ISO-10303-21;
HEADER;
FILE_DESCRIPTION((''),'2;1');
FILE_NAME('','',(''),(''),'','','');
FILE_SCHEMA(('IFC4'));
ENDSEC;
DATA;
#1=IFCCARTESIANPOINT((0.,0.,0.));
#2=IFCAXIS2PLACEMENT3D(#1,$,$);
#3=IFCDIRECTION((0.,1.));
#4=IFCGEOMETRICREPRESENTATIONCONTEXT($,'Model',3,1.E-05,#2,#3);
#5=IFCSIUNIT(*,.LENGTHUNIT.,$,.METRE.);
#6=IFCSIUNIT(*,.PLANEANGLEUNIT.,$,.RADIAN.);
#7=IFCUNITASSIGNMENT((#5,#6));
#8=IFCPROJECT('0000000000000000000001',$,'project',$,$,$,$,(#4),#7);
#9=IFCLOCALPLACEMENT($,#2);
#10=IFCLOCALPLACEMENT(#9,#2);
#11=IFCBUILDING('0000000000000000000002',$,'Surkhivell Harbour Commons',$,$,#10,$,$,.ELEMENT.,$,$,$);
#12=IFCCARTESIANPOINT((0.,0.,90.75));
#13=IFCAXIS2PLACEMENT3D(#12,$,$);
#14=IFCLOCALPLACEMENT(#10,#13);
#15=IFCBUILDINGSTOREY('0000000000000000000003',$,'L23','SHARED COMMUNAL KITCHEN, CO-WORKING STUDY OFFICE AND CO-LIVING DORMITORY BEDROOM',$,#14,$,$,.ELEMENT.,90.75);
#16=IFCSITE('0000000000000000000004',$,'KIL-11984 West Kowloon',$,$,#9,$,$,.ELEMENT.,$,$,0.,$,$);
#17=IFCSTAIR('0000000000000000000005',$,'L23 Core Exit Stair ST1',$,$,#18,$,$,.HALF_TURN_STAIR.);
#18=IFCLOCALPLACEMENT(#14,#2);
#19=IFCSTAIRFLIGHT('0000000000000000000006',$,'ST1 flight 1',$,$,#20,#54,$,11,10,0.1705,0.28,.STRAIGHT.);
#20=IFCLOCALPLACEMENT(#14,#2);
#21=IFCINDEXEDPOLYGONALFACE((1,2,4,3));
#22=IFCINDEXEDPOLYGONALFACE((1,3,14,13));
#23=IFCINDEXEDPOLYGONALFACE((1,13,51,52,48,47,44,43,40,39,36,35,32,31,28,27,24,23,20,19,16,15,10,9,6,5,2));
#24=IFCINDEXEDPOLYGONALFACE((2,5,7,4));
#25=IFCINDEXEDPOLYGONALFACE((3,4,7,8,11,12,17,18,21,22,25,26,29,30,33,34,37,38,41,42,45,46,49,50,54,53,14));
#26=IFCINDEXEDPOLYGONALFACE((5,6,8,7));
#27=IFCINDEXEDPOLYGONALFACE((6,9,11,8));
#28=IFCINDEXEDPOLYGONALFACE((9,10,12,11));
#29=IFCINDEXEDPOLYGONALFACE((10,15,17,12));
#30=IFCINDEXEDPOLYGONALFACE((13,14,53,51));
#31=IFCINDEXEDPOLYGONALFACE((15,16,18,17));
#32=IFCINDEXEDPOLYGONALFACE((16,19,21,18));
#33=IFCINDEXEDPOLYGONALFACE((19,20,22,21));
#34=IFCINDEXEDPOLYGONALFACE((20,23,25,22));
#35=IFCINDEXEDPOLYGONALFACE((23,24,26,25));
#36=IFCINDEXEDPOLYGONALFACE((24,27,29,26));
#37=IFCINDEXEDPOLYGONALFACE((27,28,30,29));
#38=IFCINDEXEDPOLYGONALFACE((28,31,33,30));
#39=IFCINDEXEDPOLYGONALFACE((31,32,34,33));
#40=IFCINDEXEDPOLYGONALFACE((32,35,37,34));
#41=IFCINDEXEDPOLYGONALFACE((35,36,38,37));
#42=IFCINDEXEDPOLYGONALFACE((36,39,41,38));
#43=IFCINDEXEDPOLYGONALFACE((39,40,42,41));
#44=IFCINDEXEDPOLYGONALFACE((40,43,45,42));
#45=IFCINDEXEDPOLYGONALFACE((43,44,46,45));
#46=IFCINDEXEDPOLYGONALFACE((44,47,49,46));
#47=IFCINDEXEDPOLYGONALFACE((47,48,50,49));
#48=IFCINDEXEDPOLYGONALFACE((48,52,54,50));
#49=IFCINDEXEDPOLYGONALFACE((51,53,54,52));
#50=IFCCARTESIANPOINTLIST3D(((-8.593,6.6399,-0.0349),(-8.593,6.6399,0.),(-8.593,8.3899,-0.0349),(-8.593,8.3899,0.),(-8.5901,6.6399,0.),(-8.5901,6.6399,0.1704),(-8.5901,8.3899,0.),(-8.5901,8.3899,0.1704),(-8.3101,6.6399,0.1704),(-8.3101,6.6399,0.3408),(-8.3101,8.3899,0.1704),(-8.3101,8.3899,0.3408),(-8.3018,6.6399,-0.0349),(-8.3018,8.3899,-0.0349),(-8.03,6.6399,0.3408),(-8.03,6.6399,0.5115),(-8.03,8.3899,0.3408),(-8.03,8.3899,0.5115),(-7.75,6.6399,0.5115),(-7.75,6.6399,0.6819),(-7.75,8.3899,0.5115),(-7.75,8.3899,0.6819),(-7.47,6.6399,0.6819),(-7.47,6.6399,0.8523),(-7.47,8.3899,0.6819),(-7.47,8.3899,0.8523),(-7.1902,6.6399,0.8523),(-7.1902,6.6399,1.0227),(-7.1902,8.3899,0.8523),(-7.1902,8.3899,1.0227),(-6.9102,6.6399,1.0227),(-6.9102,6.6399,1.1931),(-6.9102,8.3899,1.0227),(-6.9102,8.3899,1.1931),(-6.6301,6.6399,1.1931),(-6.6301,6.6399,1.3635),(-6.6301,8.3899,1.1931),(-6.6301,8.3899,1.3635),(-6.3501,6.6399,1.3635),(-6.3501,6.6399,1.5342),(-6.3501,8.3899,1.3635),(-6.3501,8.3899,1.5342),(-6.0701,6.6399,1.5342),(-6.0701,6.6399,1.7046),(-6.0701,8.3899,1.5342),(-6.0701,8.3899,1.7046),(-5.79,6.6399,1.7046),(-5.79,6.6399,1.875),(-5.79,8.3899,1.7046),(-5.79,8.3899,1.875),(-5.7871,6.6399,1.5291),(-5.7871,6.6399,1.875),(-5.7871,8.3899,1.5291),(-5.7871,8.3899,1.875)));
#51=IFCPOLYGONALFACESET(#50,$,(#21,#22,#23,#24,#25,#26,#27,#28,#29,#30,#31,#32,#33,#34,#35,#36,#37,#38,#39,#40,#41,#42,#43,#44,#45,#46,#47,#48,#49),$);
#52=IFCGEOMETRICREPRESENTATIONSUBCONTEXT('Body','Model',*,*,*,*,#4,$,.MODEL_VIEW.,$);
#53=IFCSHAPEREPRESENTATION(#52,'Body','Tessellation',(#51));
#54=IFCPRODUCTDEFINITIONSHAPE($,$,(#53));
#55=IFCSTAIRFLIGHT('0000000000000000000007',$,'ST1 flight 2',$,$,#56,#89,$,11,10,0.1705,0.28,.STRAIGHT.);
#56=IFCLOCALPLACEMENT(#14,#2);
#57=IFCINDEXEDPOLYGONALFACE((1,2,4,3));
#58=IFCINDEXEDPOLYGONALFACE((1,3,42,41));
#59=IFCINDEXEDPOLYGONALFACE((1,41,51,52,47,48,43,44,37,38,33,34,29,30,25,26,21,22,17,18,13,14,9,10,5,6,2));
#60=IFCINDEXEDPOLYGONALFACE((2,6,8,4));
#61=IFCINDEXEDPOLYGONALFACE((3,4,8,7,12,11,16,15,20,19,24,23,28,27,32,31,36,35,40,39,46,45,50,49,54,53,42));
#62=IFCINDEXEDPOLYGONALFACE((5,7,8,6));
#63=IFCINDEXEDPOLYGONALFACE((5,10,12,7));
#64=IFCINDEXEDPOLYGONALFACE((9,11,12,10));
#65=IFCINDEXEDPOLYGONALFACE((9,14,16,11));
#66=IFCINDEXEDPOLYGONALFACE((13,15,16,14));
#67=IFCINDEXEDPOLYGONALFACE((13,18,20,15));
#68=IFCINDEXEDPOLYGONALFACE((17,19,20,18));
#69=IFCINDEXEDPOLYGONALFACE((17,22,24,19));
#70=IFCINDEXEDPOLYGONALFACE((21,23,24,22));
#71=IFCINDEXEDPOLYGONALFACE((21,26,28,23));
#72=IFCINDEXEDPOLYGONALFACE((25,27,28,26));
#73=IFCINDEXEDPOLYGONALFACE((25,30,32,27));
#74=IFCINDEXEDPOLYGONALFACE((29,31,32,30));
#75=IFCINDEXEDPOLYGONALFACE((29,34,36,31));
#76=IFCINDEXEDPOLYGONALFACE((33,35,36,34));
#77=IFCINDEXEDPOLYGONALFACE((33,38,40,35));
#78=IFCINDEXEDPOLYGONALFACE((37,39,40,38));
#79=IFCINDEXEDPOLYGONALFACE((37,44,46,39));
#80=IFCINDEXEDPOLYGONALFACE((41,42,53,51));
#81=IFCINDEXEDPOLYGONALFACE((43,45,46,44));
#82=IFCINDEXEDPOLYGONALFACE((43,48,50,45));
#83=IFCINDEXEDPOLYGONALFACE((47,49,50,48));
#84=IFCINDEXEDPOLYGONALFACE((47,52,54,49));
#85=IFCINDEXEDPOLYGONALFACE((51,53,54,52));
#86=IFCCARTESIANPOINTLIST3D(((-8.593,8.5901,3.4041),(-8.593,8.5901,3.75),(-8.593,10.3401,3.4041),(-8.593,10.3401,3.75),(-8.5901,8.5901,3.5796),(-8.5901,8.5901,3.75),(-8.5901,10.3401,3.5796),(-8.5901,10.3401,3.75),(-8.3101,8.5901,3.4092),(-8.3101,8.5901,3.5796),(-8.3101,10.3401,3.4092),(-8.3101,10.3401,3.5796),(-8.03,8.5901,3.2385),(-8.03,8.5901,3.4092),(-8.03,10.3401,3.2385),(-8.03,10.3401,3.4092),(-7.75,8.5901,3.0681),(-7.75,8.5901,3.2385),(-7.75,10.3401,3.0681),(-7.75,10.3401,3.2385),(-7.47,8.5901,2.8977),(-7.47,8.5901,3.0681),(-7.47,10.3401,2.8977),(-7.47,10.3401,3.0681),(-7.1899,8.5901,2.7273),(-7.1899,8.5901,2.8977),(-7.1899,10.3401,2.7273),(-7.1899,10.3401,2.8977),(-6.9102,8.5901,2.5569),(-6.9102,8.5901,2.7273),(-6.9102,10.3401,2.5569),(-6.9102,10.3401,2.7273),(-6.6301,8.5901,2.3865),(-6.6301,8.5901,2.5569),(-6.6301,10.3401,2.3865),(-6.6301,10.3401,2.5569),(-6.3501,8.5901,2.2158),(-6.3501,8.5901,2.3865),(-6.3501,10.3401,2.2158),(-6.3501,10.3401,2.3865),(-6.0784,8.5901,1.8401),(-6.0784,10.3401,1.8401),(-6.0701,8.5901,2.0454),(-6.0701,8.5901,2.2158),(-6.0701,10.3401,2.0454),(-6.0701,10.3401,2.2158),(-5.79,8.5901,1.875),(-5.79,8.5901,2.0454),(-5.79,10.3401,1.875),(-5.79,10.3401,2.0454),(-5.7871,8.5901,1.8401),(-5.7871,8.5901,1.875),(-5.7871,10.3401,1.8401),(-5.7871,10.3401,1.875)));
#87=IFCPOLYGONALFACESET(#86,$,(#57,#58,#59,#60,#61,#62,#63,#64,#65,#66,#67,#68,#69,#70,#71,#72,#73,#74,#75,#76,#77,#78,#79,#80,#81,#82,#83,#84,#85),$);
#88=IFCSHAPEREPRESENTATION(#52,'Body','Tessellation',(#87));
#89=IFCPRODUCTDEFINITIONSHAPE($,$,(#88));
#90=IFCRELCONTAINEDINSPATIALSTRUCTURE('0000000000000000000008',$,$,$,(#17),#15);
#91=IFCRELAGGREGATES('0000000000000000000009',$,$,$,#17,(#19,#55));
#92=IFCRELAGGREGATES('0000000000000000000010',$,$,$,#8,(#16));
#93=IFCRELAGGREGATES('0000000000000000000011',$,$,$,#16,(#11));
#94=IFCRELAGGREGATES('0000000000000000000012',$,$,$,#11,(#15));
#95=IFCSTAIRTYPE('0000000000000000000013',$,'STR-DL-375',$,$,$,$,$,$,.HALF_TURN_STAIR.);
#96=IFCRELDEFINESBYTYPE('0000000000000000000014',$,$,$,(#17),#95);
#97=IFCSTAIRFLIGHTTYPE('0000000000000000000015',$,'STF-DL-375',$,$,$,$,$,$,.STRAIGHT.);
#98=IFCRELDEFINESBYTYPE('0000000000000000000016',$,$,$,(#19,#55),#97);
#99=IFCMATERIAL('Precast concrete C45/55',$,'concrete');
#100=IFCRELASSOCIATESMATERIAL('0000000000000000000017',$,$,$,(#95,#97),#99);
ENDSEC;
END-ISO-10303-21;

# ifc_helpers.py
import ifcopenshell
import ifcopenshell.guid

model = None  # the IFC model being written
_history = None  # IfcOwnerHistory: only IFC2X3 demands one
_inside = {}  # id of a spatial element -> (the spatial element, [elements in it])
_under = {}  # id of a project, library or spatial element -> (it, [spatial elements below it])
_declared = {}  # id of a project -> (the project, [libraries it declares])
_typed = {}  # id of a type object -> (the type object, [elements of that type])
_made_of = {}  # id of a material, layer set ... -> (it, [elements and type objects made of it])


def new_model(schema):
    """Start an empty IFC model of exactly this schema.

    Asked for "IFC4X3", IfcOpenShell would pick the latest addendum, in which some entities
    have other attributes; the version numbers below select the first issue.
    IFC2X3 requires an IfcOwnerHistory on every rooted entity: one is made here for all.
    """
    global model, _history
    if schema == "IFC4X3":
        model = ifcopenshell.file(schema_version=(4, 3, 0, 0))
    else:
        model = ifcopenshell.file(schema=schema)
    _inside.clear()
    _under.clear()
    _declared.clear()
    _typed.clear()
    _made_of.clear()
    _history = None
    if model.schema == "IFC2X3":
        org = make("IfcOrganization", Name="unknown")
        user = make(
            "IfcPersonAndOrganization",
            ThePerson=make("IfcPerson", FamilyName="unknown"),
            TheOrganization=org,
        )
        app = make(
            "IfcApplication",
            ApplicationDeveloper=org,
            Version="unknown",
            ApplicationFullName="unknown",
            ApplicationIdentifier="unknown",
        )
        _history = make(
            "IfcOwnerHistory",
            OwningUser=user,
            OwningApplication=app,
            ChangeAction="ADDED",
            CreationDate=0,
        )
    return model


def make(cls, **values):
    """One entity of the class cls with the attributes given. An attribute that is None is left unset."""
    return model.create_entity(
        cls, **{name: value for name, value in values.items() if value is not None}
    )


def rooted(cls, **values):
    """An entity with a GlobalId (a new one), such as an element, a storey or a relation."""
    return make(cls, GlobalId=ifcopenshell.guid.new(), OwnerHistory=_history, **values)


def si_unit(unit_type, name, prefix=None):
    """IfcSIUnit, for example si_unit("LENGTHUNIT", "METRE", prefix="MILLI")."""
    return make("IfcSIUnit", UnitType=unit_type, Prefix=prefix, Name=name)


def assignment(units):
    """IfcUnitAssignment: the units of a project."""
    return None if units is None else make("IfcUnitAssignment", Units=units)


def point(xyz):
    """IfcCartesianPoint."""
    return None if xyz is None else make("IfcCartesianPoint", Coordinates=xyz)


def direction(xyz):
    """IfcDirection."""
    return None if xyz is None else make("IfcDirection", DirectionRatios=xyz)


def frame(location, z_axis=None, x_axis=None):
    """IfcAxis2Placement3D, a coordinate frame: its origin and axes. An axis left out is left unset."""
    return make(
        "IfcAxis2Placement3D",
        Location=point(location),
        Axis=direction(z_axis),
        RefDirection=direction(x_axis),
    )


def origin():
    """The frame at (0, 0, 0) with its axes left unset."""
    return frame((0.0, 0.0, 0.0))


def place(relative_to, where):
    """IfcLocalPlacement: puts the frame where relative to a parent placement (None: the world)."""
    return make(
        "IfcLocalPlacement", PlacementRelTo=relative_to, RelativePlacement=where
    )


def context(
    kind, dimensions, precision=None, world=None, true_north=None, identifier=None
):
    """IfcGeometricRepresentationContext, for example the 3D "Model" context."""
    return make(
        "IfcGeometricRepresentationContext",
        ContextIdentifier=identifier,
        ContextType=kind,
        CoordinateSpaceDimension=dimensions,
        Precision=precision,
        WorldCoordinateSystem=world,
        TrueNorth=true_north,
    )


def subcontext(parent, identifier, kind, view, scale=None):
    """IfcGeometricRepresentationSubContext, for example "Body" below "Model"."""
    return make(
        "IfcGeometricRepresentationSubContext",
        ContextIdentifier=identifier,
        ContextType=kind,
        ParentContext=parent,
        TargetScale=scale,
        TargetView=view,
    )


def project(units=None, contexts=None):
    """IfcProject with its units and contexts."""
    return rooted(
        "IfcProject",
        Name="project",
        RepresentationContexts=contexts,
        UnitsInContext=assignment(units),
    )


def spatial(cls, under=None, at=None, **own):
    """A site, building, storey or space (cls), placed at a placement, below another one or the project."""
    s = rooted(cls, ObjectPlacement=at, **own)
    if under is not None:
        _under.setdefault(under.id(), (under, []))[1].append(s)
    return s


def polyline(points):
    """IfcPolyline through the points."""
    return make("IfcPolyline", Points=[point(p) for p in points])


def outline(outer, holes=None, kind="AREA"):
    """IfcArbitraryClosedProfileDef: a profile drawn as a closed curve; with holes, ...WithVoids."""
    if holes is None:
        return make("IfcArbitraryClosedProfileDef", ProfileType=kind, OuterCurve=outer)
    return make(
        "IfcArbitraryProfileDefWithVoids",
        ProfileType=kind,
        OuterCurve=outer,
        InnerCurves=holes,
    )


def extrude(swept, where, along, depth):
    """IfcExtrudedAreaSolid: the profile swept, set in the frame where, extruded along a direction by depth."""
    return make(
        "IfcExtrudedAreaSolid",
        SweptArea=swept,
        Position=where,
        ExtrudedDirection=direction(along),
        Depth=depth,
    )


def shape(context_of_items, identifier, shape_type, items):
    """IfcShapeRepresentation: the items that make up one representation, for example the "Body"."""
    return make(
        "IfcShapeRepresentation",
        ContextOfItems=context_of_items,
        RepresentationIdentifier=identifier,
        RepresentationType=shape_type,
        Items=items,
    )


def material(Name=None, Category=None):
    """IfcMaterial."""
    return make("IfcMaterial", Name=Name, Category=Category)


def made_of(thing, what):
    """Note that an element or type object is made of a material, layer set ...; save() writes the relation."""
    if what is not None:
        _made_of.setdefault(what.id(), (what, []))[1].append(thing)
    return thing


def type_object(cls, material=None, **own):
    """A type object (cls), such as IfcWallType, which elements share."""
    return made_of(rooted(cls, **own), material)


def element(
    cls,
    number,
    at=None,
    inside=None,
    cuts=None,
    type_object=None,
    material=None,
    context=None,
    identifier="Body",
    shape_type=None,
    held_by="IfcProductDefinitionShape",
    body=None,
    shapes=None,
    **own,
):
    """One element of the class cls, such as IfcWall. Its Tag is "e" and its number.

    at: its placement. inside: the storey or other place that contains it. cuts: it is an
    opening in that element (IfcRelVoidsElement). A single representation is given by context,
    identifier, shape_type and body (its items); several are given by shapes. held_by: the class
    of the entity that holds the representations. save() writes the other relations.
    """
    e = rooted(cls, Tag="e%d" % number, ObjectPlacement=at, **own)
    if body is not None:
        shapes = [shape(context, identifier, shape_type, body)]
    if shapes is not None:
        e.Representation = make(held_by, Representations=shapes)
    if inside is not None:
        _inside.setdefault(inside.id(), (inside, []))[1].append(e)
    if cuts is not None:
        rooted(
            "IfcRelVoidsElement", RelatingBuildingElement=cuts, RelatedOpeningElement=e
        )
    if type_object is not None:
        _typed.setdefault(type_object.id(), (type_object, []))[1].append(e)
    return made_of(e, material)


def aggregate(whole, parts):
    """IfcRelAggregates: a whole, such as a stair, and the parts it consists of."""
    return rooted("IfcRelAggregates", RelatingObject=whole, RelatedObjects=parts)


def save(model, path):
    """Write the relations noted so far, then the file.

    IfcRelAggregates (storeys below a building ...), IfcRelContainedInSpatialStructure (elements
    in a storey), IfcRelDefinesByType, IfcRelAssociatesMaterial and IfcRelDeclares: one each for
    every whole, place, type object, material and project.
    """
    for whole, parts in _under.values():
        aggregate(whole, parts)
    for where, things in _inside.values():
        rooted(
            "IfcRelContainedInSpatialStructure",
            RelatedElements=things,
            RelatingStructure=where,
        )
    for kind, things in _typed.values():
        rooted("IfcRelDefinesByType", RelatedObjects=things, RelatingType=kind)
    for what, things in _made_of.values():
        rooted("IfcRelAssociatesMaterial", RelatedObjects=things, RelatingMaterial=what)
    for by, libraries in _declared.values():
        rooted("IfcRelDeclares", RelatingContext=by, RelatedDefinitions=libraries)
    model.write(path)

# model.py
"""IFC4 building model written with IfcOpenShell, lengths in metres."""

from ifc_helpers import new_model, si_unit, direction, frame, origin, place, context, subcontext, project, spatial, polyline, outline, extrude, material, type_object, element, aggregate, save


model = new_model("IFC4")

# Units and contexts
model_context = context("Model", 3, precision=1e-05, world=origin(), true_north=direction((0.0, 1.0)))
body_context = subcontext(model_context, "Body", "Model", "MODEL_VIEW")
ifc_project = project(units=[si_unit("LENGTHUNIT", "METRE"), si_unit("PLANEANGLEUNIT", "RADIAN")], contexts=[model_context])

# Site, building, storey
site_placement = place(None, origin())
site = spatial("IfcSite", under=ifc_project, at=site_placement, Name="KIL-11984 West Kowloon", CompositionType="ELEMENT", RefElevation=0.0)
building_placement = place(site_placement, origin())
building = spatial("IfcBuilding", under=site, at=building_placement, Name="Surkhivell Harbour Commons", CompositionType="ELEMENT")
storey_placement = place(building_placement, frame((0.0, 0.0, 90.75)))
storey = spatial("IfcBuildingStorey", under=building, at=storey_placement, Name="L23", Description="SHARED COMMUNAL KITCHEN, CO-WORKING STUDY OFFICE AND CO-LIVING DORMITORY BEDROOM", CompositionType="ELEMENT", Elevation=90.75)

# Stair, stair flights
ifc_material_1 = material(Name="Precast concrete C45/55", Category="concrete")
stair_type = type_object("IfcStairType", Name="STR-DL-375", PredefinedType="HALF_TURN_STAIR", material=ifc_material_1)
stair_placement = place(storey_placement, origin())
stair = element("IfcStair", 1, at=stair_placement, inside=storey, type_object=stair_type, Name="L23 Core Exit Stair ST1", PredefinedType="HALF_TURN_STAIR")
stair_flight_type = type_object("IfcStairFlightType", Name="STF-DL-375", PredefinedType="STRAIGHT", material=ifc_material_1)
stair_flight_1_placement = place(storey_placement, frame((-8.5901, 7.5149, 0.0), z_axis=(0.0, 0.0, 1.0), x_axis=(1.0, 0.0, 0.0)))
stair_flight_1 = element("IfcStairFlight", 2, at=stair_flight_1_placement, type_object=stair_flight_type, Name="ST1 flight 1", NumberOfRisers=11, NumberOfTreads=10, PredefinedType="STRAIGHT", RiserHeight=0.1705, TreadLength=0.28, context=body_context, shape_type="SweptSolid", body=[
    extrude(outline(polyline([(-0.0029, -0.0349), (-0.0029, 0.0), (0.0, 0.0), (0.0, 0.1704), (0.28, 0.1704), (0.28, 0.3408), (0.5601, 0.3408), (0.5601, 0.5115), (0.8401, 0.5115), (0.8401, 0.6819), (1.1201, 0.6819), (1.1201, 0.8523), (1.3999, 0.8523), (1.3999, 1.0227), (1.6799, 1.0227), (1.6799, 1.1931), (1.96, 1.1931), (1.96, 1.3635), (2.24, 1.3635), (2.24, 1.5342), (2.52, 1.5342), (2.52, 1.7046), (2.8, 1.7046), (2.8, 1.875), (2.803, 1.875), (2.803, 1.5291), (0.2883, -0.0349), (-0.0029, -0.0349)])), frame((0.0, 0.875, 0.0), z_axis=(0.0, -1.0, 0.0), x_axis=(1.0, 0.0, 0.0)), (0.0, 0.0, 1.0), 1.75),
])
stair_flight_2_placement = place(storey_placement, frame((-5.79, 9.4651, 1.875), z_axis=(0.0, 0.0, 1.0), x_axis=(-1.0, 0.0, 0.0)))
stair_flight_2 = element("IfcStairFlight", 3, at=stair_flight_2_placement, type_object=stair_flight_type, Name="ST1 flight 2", NumberOfRisers=11, NumberOfTreads=10, PredefinedType="STRAIGHT", RiserHeight=0.1705, TreadLength=0.28, context=body_context, shape_type="SweptSolid", body=[
    extrude(outline(polyline([(-0.0029, -0.0349), (-0.0029, 0.0), (0.0, 0.0), (0.0, 0.1704), (0.28, 0.1704), (0.28, 0.3408), (0.5601, 0.3408), (0.5601, 0.5115), (0.8401, 0.5115), (0.8401, 0.6819), (1.1201, 0.6819), (1.1201, 0.8523), (1.3999, 0.8523), (1.3999, 1.0227), (1.6799, 1.0227), (1.6799, 1.1931), (1.96, 1.1931), (1.96, 1.3635), (2.24, 1.3635), (2.24, 1.5342), (2.52, 1.5342), (2.52, 1.7046), (2.8, 1.7046), (2.8, 1.875), (2.803, 1.875), (2.803, 1.5291), (0.2883, -0.0349), (-0.0029, -0.0349)])), frame((0.0, 0.875, 0.0), z_axis=(0.0, -1.0, 0.0), x_axis=(1.0, 0.0, 0.0)), (0.0, 0.0, 1.0), 1.75),
])
aggregate(stair, [stair_flight_1, stair_flight_2])

save(model, "model.ifc")
